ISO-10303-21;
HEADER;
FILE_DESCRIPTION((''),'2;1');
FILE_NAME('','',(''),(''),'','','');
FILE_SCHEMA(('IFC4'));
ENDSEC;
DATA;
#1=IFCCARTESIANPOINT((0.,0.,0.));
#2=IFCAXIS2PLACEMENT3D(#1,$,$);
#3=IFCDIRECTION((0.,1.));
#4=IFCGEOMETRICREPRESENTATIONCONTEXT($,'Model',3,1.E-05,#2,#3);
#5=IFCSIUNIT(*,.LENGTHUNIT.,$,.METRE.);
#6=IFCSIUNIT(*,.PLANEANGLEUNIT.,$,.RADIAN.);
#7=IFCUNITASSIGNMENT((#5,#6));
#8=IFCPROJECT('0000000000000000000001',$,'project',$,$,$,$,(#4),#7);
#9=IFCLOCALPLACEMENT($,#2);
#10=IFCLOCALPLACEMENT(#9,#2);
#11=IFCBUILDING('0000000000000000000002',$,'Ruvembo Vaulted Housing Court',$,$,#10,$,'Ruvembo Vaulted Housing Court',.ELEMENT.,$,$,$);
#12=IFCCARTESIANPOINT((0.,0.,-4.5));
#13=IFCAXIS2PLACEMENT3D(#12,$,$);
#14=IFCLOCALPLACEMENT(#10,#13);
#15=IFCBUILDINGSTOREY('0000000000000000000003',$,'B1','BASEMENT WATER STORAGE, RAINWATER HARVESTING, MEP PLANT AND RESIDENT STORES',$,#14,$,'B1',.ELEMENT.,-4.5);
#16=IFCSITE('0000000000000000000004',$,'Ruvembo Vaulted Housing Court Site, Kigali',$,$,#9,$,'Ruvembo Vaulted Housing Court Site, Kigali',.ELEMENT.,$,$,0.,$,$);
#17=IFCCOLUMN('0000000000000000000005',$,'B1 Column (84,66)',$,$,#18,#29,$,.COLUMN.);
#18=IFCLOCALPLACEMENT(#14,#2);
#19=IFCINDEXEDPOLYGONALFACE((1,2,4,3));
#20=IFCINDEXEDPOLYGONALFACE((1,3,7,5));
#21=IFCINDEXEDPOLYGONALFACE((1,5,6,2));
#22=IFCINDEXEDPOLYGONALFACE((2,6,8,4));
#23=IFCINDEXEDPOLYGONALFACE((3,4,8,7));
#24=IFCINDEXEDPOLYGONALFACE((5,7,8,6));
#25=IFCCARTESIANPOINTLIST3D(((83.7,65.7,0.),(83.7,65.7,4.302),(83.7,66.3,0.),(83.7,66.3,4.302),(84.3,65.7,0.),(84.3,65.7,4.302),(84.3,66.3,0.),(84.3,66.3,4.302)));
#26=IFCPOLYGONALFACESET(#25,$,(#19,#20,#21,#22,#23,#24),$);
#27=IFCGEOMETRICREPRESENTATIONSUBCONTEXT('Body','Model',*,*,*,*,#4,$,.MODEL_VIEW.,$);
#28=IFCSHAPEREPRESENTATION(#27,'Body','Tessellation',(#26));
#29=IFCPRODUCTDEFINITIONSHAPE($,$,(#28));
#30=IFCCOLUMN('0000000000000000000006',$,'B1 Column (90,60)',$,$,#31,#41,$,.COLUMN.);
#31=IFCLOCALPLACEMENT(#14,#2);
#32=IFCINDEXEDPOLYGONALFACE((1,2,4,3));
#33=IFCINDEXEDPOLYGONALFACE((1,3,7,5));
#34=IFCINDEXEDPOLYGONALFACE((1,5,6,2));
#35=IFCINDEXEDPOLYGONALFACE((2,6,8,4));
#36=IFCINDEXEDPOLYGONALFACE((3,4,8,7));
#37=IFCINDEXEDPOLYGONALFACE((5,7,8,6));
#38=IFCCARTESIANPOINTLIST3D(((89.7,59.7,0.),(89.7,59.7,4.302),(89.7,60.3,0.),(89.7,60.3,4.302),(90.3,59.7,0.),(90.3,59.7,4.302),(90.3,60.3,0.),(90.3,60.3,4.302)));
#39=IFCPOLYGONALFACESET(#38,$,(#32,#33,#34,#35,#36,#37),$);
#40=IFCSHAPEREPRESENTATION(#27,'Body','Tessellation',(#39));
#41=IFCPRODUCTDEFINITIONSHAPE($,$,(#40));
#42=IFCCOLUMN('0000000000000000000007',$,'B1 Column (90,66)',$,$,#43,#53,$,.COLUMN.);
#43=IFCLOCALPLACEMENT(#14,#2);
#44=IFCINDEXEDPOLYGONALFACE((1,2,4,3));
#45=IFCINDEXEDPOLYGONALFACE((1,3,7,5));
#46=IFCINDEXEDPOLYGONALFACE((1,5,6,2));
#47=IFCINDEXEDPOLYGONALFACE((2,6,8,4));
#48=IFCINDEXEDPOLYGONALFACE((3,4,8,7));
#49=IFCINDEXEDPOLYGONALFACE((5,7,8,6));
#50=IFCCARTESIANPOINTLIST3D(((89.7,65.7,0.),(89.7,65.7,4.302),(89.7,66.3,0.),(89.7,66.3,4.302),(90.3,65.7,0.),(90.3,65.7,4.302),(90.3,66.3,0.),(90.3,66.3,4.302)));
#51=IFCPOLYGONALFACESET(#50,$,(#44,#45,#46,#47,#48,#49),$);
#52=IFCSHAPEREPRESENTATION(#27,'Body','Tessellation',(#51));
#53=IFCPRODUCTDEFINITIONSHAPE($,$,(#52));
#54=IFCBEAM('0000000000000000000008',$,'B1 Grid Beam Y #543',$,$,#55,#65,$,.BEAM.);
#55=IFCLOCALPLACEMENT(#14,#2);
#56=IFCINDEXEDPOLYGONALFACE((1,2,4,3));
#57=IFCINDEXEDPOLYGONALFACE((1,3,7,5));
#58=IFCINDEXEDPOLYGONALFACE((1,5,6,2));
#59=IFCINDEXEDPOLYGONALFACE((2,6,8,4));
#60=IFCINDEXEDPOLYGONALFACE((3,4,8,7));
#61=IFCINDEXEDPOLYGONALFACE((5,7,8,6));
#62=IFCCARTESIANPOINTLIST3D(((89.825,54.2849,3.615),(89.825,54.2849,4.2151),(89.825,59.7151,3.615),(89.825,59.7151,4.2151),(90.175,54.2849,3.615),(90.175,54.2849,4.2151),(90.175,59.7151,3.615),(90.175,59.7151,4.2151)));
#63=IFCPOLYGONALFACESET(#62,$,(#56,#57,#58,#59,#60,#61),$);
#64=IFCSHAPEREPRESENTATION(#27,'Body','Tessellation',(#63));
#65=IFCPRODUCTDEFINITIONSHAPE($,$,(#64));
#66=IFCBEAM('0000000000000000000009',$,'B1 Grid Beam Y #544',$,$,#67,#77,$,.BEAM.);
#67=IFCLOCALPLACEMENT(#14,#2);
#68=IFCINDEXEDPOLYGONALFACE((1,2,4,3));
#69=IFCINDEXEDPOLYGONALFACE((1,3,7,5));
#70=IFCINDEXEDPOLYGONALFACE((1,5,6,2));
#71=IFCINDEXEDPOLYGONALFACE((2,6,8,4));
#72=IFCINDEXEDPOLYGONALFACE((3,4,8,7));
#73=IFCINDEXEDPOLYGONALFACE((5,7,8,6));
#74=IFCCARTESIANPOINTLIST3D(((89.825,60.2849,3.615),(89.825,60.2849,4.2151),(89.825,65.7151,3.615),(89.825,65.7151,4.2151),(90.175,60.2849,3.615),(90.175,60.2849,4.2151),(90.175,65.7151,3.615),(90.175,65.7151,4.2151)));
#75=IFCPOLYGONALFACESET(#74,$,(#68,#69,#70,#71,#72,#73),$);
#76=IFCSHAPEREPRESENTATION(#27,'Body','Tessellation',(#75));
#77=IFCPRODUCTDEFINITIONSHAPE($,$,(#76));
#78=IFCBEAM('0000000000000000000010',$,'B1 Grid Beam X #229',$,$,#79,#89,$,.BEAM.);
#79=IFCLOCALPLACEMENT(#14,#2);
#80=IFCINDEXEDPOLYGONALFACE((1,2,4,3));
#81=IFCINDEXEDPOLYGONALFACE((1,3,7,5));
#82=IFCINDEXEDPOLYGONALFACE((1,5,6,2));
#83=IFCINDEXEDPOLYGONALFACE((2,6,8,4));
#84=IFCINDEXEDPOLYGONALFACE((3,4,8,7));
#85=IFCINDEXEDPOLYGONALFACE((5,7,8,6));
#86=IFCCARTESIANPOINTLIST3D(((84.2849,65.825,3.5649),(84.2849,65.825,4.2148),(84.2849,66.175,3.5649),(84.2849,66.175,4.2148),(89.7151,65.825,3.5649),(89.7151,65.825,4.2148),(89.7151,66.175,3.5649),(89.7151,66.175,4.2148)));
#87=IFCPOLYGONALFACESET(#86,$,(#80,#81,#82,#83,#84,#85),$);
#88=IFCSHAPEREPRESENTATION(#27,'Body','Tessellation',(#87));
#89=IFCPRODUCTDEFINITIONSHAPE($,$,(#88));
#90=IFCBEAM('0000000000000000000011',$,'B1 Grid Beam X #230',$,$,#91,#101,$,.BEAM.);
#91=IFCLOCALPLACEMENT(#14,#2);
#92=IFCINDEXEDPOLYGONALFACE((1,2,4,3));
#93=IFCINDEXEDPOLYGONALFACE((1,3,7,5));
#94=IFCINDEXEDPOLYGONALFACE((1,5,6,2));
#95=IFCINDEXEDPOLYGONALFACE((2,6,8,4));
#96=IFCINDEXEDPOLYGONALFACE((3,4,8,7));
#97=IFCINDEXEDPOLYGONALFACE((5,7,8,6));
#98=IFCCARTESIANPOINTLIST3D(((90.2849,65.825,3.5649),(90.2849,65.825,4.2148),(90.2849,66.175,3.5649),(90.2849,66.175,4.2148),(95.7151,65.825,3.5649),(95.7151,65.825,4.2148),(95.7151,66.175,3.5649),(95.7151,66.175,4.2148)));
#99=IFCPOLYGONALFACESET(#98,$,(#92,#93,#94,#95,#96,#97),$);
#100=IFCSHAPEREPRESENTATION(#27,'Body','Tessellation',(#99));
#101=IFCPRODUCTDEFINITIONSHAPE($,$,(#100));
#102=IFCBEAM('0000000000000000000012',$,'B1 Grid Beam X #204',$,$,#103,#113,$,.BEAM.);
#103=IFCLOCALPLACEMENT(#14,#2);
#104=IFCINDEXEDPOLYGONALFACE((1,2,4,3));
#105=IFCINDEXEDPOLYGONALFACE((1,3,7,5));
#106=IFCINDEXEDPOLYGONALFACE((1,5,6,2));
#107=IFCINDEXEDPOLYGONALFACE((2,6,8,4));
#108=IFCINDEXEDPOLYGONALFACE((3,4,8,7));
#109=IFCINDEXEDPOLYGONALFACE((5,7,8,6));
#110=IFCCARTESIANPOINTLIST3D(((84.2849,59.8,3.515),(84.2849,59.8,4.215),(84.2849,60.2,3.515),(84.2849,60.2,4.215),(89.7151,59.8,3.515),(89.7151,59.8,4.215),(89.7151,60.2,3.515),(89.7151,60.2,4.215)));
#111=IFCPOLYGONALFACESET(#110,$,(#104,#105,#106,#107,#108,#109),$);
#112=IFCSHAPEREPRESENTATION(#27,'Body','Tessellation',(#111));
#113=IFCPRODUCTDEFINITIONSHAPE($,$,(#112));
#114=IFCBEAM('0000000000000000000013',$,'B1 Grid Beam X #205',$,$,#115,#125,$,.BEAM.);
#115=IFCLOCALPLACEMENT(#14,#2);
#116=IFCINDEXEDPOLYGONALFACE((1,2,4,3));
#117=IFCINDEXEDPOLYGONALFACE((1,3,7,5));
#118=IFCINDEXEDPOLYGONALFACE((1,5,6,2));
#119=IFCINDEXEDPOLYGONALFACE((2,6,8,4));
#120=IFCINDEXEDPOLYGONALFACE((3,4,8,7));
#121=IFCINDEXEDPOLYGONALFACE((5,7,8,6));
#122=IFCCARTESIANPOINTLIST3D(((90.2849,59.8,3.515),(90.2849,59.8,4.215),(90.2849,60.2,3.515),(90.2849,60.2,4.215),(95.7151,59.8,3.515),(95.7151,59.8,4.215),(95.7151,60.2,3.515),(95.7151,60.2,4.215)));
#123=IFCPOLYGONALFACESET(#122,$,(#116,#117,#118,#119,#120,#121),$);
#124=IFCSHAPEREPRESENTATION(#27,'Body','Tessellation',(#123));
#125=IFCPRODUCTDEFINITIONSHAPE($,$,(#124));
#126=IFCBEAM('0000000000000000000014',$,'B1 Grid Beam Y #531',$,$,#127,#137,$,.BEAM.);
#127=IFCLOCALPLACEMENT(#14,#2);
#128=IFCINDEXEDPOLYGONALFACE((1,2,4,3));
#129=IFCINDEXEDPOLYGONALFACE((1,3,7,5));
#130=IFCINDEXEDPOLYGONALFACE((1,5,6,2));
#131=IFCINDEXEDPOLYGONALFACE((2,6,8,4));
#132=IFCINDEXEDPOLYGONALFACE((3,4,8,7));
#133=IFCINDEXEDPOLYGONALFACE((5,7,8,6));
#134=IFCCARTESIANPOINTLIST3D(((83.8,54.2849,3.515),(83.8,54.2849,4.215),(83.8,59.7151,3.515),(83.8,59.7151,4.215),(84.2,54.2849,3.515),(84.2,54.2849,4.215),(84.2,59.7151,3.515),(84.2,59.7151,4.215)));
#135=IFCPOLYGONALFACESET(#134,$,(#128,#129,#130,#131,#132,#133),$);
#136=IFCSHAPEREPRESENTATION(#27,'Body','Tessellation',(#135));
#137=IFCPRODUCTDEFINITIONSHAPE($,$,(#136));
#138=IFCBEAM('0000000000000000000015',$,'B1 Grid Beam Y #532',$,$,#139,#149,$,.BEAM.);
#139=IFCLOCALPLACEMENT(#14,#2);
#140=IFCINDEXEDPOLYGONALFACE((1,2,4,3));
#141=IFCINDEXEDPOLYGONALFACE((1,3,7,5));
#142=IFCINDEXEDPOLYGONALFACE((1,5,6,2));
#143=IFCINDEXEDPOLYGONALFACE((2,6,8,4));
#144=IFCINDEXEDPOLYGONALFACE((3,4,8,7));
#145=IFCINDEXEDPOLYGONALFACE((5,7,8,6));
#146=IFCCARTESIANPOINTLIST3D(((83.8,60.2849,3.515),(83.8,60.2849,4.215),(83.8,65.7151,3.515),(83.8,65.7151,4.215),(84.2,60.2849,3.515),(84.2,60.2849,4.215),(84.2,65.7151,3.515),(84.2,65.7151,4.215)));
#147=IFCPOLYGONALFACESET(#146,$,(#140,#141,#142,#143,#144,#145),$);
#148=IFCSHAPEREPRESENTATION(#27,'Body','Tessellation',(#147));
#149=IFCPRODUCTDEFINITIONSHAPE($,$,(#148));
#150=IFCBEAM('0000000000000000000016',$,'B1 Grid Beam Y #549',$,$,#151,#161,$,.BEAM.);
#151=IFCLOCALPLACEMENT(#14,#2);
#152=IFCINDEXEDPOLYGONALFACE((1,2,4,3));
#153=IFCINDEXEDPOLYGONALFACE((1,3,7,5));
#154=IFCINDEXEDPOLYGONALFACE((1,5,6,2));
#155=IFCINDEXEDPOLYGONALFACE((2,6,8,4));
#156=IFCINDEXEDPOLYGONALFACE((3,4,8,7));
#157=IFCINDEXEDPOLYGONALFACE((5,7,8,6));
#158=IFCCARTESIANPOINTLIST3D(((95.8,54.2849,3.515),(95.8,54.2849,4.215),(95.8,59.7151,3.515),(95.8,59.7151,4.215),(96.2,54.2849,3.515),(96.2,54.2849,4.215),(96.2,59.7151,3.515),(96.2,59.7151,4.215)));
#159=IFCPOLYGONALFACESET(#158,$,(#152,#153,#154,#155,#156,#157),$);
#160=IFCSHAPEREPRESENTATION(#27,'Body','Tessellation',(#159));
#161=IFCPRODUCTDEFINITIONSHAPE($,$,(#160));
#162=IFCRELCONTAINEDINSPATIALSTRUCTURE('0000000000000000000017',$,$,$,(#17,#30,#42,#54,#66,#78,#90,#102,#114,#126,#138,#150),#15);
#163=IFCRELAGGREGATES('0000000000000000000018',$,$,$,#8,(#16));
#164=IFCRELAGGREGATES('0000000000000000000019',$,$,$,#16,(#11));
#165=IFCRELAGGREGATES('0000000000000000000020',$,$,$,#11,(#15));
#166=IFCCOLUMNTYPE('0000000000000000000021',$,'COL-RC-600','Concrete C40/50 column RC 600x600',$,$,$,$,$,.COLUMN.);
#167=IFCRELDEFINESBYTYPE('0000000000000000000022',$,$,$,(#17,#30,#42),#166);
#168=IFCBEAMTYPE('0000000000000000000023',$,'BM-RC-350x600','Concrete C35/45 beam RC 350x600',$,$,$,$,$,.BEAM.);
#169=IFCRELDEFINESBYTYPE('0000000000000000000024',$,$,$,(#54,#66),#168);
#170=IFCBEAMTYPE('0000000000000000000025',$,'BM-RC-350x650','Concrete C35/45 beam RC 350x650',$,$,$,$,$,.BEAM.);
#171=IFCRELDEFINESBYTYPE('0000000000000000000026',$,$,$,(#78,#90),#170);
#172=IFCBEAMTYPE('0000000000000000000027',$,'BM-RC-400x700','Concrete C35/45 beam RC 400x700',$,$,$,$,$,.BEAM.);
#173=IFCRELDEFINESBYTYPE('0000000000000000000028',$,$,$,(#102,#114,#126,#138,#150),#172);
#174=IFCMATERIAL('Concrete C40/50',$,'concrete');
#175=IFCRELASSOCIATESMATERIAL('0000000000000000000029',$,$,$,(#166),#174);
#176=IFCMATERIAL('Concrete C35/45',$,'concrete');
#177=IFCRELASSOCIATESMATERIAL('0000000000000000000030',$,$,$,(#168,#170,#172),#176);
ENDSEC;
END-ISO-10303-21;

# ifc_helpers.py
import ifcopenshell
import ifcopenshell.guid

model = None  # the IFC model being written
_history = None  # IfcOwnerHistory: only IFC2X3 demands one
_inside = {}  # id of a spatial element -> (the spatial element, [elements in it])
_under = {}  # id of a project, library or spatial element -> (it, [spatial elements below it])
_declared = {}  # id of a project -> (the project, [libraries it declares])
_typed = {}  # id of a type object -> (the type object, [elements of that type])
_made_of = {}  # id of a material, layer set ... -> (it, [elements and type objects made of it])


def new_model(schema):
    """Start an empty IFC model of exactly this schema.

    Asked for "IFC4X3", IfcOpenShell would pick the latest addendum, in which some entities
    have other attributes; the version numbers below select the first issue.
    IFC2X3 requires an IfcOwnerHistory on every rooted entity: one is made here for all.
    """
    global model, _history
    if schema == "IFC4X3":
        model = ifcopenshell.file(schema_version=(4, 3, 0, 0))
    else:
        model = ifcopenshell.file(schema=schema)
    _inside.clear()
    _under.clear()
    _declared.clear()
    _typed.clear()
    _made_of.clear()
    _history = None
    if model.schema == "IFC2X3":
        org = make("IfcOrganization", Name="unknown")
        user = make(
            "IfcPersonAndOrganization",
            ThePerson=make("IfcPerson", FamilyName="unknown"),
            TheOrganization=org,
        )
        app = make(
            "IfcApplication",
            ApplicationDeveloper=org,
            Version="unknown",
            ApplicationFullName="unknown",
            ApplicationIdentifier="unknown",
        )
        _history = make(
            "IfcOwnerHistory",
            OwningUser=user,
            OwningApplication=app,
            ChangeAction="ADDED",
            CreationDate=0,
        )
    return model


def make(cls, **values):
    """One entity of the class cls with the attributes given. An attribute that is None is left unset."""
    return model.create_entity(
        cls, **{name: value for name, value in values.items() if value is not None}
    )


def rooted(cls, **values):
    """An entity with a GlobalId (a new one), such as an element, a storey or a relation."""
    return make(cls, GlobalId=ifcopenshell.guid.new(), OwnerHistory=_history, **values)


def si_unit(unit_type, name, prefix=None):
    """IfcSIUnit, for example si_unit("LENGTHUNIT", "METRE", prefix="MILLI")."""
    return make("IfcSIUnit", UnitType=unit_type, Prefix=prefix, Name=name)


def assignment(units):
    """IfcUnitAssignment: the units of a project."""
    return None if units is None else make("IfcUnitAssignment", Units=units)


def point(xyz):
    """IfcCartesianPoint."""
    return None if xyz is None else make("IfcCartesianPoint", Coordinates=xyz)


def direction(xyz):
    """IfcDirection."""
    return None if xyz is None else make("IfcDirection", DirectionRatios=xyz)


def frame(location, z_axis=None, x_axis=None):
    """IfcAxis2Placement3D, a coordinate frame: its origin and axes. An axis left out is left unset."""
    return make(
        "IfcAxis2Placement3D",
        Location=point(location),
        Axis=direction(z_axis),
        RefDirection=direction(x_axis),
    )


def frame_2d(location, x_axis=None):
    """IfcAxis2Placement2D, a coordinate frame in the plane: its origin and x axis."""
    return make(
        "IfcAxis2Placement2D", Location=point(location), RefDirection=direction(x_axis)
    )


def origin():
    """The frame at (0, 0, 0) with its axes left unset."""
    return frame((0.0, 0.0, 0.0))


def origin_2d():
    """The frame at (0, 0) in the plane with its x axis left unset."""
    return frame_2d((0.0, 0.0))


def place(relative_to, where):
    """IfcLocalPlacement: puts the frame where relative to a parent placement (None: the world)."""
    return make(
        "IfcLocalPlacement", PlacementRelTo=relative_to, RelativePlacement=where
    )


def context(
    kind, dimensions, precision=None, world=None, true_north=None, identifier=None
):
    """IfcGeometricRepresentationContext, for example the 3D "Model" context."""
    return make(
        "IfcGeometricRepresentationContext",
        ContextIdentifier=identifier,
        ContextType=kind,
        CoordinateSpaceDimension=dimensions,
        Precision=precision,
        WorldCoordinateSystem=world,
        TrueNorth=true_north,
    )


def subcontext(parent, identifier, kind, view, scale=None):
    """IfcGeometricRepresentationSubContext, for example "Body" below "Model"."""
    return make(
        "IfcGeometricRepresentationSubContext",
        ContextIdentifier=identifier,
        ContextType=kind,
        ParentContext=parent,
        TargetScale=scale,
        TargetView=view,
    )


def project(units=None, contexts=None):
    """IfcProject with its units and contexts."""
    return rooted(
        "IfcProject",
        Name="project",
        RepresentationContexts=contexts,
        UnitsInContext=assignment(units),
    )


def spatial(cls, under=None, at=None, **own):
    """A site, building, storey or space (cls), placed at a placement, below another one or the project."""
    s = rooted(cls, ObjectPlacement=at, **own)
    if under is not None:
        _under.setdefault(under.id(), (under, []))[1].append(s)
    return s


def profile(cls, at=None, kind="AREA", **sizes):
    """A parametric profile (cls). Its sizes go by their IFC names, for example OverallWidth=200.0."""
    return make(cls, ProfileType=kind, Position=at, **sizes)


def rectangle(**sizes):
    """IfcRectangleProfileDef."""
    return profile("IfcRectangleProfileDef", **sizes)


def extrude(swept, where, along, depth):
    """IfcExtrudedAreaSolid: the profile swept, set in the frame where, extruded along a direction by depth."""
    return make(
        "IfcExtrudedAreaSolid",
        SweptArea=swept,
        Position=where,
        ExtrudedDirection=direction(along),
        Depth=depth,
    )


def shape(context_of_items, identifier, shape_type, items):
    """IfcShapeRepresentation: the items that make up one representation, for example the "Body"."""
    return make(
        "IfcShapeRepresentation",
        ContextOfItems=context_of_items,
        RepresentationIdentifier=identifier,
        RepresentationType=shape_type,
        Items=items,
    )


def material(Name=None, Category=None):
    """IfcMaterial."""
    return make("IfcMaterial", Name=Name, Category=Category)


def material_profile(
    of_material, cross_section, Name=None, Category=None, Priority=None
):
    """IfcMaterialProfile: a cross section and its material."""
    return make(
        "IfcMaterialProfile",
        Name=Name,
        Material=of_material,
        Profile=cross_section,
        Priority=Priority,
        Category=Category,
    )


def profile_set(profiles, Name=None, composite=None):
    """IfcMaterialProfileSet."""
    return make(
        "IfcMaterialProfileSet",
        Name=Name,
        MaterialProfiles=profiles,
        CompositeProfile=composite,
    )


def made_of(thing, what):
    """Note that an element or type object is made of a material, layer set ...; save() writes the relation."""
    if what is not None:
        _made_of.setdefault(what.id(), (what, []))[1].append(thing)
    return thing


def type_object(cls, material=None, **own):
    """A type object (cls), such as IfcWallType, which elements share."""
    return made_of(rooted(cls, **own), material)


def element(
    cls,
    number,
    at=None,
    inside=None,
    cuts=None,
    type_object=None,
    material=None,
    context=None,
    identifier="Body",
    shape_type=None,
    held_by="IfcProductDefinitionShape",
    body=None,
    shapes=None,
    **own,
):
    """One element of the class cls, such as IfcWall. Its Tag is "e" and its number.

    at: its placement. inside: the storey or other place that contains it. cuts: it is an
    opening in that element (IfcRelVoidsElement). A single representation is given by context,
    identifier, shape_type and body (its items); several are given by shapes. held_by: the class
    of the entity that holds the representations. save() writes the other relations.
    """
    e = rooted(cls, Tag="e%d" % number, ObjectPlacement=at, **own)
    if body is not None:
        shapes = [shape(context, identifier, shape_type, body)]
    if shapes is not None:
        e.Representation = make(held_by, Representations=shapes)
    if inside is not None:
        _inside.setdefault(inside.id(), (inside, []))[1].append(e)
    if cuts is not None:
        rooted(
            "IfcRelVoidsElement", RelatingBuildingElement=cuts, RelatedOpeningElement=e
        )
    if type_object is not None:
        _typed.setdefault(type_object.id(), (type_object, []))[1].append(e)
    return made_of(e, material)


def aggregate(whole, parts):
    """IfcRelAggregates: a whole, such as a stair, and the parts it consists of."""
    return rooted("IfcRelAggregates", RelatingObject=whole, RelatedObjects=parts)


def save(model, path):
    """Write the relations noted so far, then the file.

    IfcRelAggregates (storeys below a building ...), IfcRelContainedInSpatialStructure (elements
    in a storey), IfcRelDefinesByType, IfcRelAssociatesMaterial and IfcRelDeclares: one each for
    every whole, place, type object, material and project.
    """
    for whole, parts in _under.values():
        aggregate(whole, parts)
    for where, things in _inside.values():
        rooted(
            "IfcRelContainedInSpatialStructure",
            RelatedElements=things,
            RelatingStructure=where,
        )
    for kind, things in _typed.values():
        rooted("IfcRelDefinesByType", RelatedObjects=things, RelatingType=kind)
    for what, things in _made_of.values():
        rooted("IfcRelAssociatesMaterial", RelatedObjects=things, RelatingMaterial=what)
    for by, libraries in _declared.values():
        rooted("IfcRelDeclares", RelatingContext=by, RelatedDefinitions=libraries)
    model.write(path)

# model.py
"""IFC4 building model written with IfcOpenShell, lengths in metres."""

from ifc_helpers import new_model, si_unit, direction, frame, origin, origin_2d, place, context, subcontext, project, spatial, rectangle, extrude, material, material_profile, profile_set, type_object, element, save


model = new_model("IFC4")

# Units and contexts
model_context = context("Model", 3, precision=1e-05, world=origin(), true_north=direction((0.0, 1.0)))
body_context = subcontext(model_context, "Body", "Model", "MODEL_VIEW")
ifc_project = project(units=[si_unit("LENGTHUNIT", "METRE"), si_unit("PLANEANGLEUNIT", "RADIAN")], contexts=[model_context])

# Site, building, storey
site_placement = place(None, origin())
site = spatial("IfcSite", under=ifc_project, at=site_placement, Name="Ruvembo Vaulted Housing Court Site, Kigali", LongName="Ruvembo Vaulted Housing Court Site, Kigali", CompositionType="ELEMENT", RefElevation=0.0)
building_placement = place(site_placement, origin())
building = spatial("IfcBuilding", under=site, at=building_placement, Name="Ruvembo Vaulted Housing Court", LongName="Ruvembo Vaulted Housing Court", CompositionType="ELEMENT")
storey_placement = place(building_placement, frame((0.0, 0.0, -4.5)))
storey = spatial("IfcBuildingStorey", under=building, at=storey_placement, Name="B1", Description="BASEMENT WATER STORAGE, RAINWATER HARVESTING, MEP PLANT AND RESIDENT STORES", LongName="B1", CompositionType="ELEMENT", Elevation=-4.5)

# Shared definitions
ifc_material_1 = material(Name="Concrete C35/45", Category="concrete")

# Columns
ifc_material_2 = material(Name="Concrete C40/50", Category="concrete")
ifc_material_profile_1 = material_profile(ifc_material_2, rectangle(XDim=0.6001, YDim=0.6001, at=origin_2d()), Name="RC 600x600")
ifc_profile_set_1 = profile_set([ifc_material_profile_1], Name="Concrete C40/50")
column_type = type_object("IfcColumnType", Name="COL-RC-600", Description="Concrete C40/50 column RC 600x600", PredefinedType="COLUMN", material=ifc_profile_set_1)
for number, where, z_axis, x_axis, name in (
    (1, (84.0, 66.0, 0.0), (0.0, 0.0, 1.0), (1.0, 0.0, 0.0), "B1 Column (84,66)"),
    (2, (90.0, 60.0, 0.0), (0.0, 0.0, 1.0), (1.0, 0.0, 0.0), "B1 Column (90,60)"),
    (3, (90.0, 66.0, 0.0), (0.0, 0.0, 1.0), (1.0, 0.0, 0.0), "B1 Column (90,66)"),
):
    element("IfcColumn", number, at=place(storey_placement, frame(where, z_axis=z_axis, x_axis=x_axis)), inside=storey, type_object=column_type, Name=name, PredefinedType="COLUMN", context=body_context, shape_type="SweptSolid", body=[
        extrude(rectangle(XDim=0.6001, YDim=0.6001, at=origin_2d()), origin(), (0.0, 0.0, 1.0), 4.302),
    ])

# Beams
ifc_material_profile_2 = material_profile(ifc_material_1, rectangle(XDim=0.3501, YDim=0.6001, at=origin_2d()), Name="RC 350x600")
ifc_profile_set_2 = profile_set([ifc_material_profile_2], Name="Concrete C35/45")
beam_type_1 = type_object("IfcBeamType", Name="BM-RC-350x600", Description="Concrete C35/45 beam RC 350x600", PredefinedType="BEAM", material=ifc_profile_set_2)
for number, where, z_axis, x_axis, name in (
    (4, (90.0, 54.2849, 3.915), (0.0, 1.0, 0.0), (-1.0, 0.0, 0.0), "B1 Grid Beam Y #543"),
    (5, (90.0, 60.2849, 3.915), (0.0, 1.0, 0.0), (-1.0, 0.0, 0.0), "B1 Grid Beam Y #544"),
):
    element("IfcBeam", number, at=place(storey_placement, frame(where, z_axis=z_axis, x_axis=x_axis)), inside=storey, type_object=beam_type_1, Name=name, PredefinedType="BEAM", context=body_context, shape_type="SweptSolid", body=[
        extrude(rectangle(XDim=0.3501, YDim=0.6001, at=origin_2d()), origin(), (0.0, 0.0, 1.0), 5.4302),
    ])
ifc_material_profile_3 = material_profile(ifc_material_1, rectangle(XDim=0.3501, YDim=0.6499, at=origin_2d()), Name="RC 350x650")
ifc_profile_set_3 = profile_set([ifc_material_profile_3], Name="Concrete C35/45")
beam_type_2 = type_object("IfcBeamType", Name="BM-RC-350x650", Description="Concrete C35/45 beam RC 350x650", PredefinedType="BEAM", material=ifc_profile_set_3)
for number, where, z_axis, x_axis, name in (
    (6, (84.2849, 66.0, 3.8899), (1.0, 0.0, 0.0), (0.0, 1.0, 0.0), "B1 Grid Beam X #229"),
    (7, (90.2849, 66.0, 3.8899), (1.0, 0.0, 0.0), (0.0, 1.0, 0.0), "B1 Grid Beam X #230"),
):
    element("IfcBeam", number, at=place(storey_placement, frame(where, z_axis=z_axis, x_axis=x_axis)), inside=storey, type_object=beam_type_2, Name=name, PredefinedType="BEAM", context=body_context, shape_type="SweptSolid", body=[
        extrude(rectangle(XDim=0.3501, YDim=0.6499, at=origin_2d()), origin(), (0.0, 0.0, 1.0), 5.4302),
    ])
ifc_material_profile_4 = material_profile(ifc_material_1, rectangle(XDim=0.3999, YDim=0.7, at=origin_2d()), Name="RC 400x700")
ifc_profile_set_4 = profile_set([ifc_material_profile_4], Name="Concrete C35/45")
beam_type_3 = type_object("IfcBeamType", Name="BM-RC-400x700", Description="Concrete C35/45 beam RC 400x700", PredefinedType="BEAM", material=ifc_profile_set_4)
for number, where, z_axis, x_axis, name in (
    (8, (84.2849, 60.0, 3.865), (1.0, 0.0, 0.0), (0.0, 1.0, 0.0), "B1 Grid Beam X #204"),
    (9, (90.2849, 60.0, 3.865), (1.0, 0.0, 0.0), (0.0, 1.0, 0.0), "B1 Grid Beam X #205"),
    (10, (84.0, 54.2849, 3.865), (0.0, 1.0, 0.0), (-1.0, 0.0, 0.0), "B1 Grid Beam Y #531"),
    (11, (84.0, 60.2849, 3.865), (0.0, 1.0, 0.0), (-1.0, 0.0, 0.0), "B1 Grid Beam Y #532"),
    (12, (96.0, 54.2849, 3.865), (0.0, 1.0, 0.0), (-1.0, 0.0, 0.0), "B1 Grid Beam Y #549"),
):
    element("IfcBeam", number, at=place(storey_placement, frame(where, z_axis=z_axis, x_axis=x_axis)), inside=storey, type_object=beam_type_3, Name=name, PredefinedType="BEAM", context=body_context, shape_type="SweptSolid", body=[
        extrude(rectangle(XDim=0.3999, YDim=0.7, at=origin_2d()), origin(), (0.0, 0.0, 1.0), 5.4302),
    ])

save(model, "model.ifc")
